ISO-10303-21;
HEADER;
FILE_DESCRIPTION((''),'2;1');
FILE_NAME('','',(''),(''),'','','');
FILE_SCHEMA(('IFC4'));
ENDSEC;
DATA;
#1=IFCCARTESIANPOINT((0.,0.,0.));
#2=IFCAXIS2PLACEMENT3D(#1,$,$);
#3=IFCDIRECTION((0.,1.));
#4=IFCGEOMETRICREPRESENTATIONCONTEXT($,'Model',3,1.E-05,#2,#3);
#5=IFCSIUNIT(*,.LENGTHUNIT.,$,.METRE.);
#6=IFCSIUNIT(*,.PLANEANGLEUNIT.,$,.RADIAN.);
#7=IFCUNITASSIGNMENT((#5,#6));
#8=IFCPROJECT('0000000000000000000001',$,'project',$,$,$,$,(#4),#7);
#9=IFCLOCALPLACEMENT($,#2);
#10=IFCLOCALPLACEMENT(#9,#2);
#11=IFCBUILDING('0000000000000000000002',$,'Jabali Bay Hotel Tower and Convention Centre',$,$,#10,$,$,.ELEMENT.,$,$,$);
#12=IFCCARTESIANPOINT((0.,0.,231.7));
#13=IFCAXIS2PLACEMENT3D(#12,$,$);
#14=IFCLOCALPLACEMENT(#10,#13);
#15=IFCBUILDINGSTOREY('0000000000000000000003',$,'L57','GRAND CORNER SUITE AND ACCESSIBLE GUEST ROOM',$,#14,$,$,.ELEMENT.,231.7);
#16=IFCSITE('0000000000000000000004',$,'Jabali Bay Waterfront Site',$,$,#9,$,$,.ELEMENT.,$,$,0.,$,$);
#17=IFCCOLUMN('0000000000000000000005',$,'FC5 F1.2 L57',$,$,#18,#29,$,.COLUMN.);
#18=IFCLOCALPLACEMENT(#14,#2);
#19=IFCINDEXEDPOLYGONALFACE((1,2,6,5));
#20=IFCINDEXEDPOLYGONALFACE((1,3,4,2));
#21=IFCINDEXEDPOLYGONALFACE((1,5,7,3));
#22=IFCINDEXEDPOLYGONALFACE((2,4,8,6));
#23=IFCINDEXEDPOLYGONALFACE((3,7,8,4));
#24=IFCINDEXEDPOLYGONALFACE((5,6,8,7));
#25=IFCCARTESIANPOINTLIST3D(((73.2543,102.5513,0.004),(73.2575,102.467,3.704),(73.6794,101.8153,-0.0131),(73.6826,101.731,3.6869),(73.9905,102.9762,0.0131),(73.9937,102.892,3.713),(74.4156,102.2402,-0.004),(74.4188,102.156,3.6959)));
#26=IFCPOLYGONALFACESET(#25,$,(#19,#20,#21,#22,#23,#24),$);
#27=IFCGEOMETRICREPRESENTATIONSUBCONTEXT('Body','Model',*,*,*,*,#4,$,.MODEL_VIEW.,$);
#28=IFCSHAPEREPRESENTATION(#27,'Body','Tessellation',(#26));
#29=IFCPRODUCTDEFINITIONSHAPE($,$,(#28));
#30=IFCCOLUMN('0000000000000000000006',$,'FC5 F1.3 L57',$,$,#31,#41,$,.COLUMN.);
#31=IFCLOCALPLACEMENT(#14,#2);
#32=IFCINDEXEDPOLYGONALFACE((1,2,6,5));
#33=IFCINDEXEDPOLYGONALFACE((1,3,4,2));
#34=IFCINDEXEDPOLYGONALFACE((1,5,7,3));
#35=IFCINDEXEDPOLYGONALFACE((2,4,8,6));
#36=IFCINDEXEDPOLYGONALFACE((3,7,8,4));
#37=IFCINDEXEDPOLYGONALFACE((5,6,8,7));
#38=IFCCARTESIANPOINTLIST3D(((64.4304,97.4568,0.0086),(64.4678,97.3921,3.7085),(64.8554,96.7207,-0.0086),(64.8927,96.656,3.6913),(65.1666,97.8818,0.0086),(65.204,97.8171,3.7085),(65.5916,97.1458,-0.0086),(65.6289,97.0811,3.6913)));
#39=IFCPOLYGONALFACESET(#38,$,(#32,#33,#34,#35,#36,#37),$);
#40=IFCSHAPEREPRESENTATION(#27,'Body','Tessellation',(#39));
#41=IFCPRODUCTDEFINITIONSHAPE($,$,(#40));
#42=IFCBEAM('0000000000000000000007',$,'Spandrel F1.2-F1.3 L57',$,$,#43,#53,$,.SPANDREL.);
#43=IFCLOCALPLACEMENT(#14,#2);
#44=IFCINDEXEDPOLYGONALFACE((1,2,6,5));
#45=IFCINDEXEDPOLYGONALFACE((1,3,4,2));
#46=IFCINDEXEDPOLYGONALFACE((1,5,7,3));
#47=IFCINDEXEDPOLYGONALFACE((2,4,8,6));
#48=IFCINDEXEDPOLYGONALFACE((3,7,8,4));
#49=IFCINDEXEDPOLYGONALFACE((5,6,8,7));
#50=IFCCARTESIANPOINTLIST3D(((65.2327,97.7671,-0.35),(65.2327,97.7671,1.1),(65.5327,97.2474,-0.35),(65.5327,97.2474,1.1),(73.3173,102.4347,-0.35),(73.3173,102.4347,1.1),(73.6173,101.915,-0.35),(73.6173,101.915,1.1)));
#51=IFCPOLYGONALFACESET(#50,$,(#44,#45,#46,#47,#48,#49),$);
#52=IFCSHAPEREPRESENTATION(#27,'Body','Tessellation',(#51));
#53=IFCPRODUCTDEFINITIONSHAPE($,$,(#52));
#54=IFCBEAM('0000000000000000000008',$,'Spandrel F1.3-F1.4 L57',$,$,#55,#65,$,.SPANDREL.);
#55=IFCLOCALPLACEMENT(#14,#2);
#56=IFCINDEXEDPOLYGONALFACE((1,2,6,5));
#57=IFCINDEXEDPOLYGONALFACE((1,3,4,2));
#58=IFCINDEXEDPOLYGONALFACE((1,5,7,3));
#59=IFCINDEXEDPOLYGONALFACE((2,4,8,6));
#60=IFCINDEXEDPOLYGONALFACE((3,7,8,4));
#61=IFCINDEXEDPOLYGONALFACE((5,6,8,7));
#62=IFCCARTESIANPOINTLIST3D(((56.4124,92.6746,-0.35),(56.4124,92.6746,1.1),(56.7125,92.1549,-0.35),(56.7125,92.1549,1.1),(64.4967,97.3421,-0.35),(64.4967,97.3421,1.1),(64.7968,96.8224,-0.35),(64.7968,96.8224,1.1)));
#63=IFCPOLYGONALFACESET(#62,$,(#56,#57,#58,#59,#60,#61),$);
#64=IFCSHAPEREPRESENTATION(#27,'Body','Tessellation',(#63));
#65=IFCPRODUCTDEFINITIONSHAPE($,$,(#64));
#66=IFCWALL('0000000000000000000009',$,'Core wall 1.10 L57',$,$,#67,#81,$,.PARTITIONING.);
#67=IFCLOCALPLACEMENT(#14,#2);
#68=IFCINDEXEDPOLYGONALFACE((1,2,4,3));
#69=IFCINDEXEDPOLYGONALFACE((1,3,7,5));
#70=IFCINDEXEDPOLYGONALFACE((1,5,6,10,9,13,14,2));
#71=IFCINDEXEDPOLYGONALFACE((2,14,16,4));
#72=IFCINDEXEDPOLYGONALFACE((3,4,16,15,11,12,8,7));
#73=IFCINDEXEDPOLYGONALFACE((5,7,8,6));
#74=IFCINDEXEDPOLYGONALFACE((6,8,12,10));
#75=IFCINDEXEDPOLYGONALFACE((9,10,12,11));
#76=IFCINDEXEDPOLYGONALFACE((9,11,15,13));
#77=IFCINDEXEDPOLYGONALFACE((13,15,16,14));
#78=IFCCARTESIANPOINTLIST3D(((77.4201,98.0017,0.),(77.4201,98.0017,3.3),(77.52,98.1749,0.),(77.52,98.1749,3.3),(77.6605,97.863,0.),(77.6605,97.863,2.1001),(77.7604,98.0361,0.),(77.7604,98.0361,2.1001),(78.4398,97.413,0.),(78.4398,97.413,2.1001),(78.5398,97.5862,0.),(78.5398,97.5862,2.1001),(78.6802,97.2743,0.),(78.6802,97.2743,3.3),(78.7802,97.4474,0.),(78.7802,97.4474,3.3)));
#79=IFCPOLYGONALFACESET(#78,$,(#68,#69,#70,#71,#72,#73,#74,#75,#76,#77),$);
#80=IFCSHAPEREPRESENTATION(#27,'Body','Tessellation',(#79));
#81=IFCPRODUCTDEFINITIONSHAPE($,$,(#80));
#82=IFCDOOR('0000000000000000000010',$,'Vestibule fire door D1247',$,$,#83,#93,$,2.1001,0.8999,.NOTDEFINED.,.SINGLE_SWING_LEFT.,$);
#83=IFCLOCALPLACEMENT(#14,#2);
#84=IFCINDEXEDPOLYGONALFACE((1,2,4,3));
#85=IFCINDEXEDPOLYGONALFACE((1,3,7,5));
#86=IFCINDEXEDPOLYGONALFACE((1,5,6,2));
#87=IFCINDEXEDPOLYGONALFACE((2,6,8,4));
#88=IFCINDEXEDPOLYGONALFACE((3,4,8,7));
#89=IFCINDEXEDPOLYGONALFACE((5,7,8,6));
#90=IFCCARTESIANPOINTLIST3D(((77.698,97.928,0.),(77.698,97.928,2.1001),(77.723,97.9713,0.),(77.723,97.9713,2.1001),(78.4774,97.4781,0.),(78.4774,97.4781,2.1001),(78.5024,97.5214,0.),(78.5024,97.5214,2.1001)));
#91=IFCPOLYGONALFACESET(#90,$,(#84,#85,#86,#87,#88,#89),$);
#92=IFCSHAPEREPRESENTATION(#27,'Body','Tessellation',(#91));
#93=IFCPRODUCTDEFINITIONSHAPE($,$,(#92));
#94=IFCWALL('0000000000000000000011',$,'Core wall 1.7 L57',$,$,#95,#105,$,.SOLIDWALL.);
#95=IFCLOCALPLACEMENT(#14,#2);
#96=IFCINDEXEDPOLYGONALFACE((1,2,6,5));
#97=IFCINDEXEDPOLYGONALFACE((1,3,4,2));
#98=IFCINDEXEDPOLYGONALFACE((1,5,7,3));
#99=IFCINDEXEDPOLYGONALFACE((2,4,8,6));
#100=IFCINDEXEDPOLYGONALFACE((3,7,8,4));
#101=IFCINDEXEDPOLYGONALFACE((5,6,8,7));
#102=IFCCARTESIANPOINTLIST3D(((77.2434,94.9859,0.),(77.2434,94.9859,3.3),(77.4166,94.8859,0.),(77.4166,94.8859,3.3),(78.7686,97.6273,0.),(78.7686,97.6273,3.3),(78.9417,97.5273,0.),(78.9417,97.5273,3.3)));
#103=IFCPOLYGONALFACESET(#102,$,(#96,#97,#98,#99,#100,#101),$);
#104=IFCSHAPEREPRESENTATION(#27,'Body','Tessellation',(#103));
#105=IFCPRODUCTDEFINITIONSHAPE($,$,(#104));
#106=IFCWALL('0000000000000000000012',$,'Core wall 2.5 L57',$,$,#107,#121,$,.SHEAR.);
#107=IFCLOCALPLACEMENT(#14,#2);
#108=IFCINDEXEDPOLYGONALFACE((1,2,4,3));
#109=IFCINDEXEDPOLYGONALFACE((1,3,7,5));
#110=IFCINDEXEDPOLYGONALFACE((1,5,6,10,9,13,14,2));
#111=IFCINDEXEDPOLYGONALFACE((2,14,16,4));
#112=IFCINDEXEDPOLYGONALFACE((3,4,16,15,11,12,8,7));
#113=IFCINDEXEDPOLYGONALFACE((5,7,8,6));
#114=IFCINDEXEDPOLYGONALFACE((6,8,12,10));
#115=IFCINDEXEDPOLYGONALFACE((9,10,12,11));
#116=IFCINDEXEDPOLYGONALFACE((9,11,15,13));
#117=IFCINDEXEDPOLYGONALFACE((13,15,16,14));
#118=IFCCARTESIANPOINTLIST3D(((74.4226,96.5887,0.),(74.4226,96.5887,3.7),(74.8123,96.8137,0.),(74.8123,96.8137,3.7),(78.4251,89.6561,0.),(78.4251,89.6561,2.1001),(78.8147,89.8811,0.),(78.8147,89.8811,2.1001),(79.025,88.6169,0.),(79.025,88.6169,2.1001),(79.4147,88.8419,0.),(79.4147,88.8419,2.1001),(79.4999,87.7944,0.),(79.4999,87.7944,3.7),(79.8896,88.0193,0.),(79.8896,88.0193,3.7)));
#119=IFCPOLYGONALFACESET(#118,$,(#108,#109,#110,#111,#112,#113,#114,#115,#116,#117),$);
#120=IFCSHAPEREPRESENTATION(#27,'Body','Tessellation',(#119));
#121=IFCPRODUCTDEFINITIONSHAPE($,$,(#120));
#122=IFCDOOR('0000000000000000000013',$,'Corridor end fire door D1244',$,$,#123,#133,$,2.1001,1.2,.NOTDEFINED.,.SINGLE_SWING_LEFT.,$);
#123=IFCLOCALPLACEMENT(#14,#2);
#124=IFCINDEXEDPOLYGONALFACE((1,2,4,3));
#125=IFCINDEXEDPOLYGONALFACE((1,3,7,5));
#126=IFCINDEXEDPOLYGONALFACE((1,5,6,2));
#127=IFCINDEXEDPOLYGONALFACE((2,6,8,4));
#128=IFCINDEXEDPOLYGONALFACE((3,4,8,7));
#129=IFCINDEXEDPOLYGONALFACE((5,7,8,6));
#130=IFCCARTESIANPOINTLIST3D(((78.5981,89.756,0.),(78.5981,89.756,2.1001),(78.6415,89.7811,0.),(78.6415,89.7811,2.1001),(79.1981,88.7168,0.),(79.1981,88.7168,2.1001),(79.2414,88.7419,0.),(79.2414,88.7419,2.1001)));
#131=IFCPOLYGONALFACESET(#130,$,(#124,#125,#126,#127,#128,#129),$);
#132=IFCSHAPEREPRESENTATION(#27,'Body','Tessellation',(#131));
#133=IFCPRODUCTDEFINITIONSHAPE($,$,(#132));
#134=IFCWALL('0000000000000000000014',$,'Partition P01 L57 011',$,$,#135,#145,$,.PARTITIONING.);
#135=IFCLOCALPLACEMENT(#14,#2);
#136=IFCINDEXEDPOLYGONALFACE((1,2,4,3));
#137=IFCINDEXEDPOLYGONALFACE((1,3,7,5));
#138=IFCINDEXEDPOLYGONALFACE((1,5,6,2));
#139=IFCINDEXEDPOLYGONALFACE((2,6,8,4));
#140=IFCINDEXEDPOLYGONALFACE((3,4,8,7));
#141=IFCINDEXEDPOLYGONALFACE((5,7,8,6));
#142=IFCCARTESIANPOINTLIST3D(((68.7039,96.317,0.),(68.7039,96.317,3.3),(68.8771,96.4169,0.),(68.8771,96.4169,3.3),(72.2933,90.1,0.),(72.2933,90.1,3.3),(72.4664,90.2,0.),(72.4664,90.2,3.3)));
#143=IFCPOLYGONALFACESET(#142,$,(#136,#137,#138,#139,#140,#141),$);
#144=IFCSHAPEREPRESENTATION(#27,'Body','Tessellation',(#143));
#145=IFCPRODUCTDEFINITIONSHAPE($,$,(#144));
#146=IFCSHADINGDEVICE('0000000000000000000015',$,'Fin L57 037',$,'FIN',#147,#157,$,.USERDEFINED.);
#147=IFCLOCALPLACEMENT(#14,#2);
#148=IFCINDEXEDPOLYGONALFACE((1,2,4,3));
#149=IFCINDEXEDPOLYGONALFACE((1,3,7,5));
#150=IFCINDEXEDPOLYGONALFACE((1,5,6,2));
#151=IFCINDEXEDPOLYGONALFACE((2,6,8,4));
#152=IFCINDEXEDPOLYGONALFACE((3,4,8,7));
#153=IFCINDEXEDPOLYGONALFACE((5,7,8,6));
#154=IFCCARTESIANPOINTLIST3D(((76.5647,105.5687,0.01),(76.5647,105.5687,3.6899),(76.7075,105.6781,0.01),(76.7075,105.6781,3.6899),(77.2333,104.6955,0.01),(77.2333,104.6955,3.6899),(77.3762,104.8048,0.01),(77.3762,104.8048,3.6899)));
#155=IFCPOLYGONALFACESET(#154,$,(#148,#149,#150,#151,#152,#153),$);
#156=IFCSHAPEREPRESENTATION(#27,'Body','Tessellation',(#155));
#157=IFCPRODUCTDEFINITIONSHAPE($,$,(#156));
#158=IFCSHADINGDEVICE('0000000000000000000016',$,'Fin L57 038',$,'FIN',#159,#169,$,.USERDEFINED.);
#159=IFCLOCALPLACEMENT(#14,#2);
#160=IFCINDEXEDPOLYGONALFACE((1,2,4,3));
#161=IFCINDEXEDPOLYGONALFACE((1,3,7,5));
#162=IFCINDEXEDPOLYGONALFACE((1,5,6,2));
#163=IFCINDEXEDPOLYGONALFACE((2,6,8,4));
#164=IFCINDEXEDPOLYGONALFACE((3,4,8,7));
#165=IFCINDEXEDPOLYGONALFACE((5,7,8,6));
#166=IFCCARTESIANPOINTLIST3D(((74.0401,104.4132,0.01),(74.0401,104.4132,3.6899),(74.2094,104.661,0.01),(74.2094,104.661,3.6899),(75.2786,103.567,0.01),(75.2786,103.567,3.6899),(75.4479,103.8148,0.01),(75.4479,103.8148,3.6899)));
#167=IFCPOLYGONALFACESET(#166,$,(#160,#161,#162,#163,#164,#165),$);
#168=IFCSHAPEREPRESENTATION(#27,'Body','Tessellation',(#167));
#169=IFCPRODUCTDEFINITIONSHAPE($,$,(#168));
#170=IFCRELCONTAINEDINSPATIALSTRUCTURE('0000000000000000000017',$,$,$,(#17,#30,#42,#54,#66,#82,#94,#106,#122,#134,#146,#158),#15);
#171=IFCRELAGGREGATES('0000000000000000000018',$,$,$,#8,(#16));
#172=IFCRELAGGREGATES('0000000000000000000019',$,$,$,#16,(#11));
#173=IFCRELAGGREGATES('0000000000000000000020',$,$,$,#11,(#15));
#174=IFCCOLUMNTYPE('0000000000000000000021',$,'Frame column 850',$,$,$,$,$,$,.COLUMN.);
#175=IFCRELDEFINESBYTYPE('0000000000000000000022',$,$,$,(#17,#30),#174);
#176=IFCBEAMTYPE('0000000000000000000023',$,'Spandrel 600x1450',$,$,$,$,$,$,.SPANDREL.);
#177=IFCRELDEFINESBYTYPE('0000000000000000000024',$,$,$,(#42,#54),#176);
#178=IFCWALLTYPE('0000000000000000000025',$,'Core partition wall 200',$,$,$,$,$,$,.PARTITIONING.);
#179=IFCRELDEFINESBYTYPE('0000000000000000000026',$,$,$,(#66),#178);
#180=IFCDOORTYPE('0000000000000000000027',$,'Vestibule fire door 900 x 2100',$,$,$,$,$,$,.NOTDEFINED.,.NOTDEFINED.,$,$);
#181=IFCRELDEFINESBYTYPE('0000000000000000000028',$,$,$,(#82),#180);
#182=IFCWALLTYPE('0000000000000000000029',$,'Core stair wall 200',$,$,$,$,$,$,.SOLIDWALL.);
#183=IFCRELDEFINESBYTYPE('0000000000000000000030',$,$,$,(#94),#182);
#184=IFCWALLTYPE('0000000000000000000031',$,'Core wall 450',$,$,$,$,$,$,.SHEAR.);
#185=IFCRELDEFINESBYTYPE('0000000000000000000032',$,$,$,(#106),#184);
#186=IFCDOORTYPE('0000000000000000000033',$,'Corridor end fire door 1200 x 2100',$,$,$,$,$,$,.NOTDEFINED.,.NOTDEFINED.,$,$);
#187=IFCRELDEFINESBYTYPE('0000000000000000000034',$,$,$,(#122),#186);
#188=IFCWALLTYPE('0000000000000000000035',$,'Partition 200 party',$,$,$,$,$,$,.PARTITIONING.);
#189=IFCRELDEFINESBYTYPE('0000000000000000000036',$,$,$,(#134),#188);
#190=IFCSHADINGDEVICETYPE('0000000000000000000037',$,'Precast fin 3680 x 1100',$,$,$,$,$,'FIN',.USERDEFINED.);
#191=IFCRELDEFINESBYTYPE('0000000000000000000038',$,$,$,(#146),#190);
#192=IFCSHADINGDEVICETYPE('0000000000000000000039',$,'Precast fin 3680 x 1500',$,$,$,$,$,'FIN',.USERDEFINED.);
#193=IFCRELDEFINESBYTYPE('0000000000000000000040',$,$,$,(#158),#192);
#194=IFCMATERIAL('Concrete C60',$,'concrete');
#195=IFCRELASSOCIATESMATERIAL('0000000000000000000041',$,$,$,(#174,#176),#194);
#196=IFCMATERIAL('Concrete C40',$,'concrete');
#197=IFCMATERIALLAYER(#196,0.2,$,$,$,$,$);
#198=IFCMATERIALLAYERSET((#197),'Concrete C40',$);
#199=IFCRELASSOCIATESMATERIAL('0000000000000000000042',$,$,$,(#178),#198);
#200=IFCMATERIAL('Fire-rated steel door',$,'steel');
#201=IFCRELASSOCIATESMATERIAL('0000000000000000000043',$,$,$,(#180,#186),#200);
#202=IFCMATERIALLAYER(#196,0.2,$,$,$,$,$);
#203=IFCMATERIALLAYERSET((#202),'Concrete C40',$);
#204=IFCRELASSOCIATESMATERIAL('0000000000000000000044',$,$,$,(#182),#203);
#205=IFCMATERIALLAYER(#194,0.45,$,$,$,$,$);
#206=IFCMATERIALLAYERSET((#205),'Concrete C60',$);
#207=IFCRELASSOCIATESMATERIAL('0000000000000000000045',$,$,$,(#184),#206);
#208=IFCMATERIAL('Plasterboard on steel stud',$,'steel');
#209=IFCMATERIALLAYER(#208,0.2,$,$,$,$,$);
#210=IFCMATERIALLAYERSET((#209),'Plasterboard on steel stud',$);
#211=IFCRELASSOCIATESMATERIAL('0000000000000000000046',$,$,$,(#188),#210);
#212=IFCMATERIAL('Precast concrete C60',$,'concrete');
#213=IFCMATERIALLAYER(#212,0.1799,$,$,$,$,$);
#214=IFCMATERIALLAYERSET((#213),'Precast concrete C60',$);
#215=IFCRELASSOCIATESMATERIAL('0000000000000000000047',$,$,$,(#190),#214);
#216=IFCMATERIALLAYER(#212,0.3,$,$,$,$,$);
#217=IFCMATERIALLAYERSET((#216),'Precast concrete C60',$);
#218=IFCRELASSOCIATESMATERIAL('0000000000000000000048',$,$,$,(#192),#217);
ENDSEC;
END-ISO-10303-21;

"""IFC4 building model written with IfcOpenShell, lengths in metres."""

from ifc_helpers import new_model, si_unit, direction, frame, frame_2d, origin, origin_2d, place, context, subcontext, project, spatial, rectangle, extrude, material, layer, layer_set, material_profile, profile_set, type_object, element, fill, save


model = new_model("IFC4")

# Units and contexts
model_context = context("Model", 3, precision=1e-05, world=origin(), true_north=direction((0.0, 1.0)))
body_context = subcontext(model_context, "Body", "Model", "MODEL_VIEW")
ifc_project = project(units=[si_unit("LENGTHUNIT", "METRE"), si_unit("PLANEANGLEUNIT", "RADIAN")], contexts=[model_context])

# Site, building, storey
site_placement = place(None, origin())
site = spatial("IfcSite", under=ifc_project, at=site_placement, Name="Jabali Bay Waterfront Site", CompositionType="ELEMENT", RefElevation=0.0)
building_placement = place(site_placement, origin())
building = spatial("IfcBuilding", under=site, at=building_placement, Name="Jabali Bay Hotel Tower and Convention Centre", CompositionType="ELEMENT")
storey_placement = place(building_placement, frame((0.0, 0.0, 231.7)))
storey = spatial("IfcBuildingStorey", under=building, at=storey_placement, Name="L57", Description="GRAND CORNER SUITE AND ACCESSIBLE GUEST ROOM", CompositionType="ELEMENT", Elevation=231.7)

# Columns
ifc_material_1 = material(Name="Concrete C60", Category="concrete")
ifc_material_profile_1 = material_profile(ifc_material_1, rectangle(XDim=0.8501, YDim=0.8501, at=origin_2d()), Name="Frame column 850")
ifc_profile_set_1 = profile_set([ifc_material_profile_1], Name="Concrete C60")
column_type = type_object("IfcColumnType", Name="Frame column 850", PredefinedType="COLUMN", material=ifc_profile_set_1)
column_1_placement = place(storey_placement, frame((73.835, 102.3958, 0.0), z_axis=(0.000858, -0.022759, 0.999741), x_axis=(0.866006, 0.499921, 0.010638)))
element("IfcColumn", 1, at=column_1_placement, inside=storey, type_object=column_type, Name="FC5 F1.2 L57", PredefinedType="COLUMN", context=body_context, shape_type="SweptSolid", body=[
    extrude(rectangle(XDim=0.8501, YDim=0.8501, at=origin_2d()), origin(), (0.0, 0.0, 1.0), 3.7009),
])
column_2_placement = place(storey_placement, frame((65.011, 97.3013, 0.0), z_axis=(0.010094, -0.017482, 0.999796), x_axis=(0.866017, 0.500015, 0.0)))
element("IfcColumn", 2, at=column_2_placement, inside=storey, type_object=column_type, Name="FC5 F1.3 L57", PredefinedType="COLUMN", context=body_context, shape_type="SweptSolid", body=[
    extrude(rectangle(XDim=0.8501, YDim=0.8501, at=origin_2d()), origin(), (0.0, 0.0, 1.0), 3.7007),
])

# Beams
ifc_material_profile_2 = material_profile(ifc_material_1, rectangle(XDim=0.6001, YDim=1.45, at=origin_2d()), Name="Spandrel 600x1450")
ifc_profile_set_2 = profile_set([ifc_material_profile_2], Name="Concrete C60")
beam_type = type_object("IfcBeamType", Name="Spandrel 600x1450", PredefinedType="SPANDREL", material=ifc_profile_set_2)
beam_1_placement = place(storey_placement, frame((73.4673, 102.1748, 0.375), z_axis=(-0.86603, -0.499993, 0.0), x_axis=(0.499993, -0.86603, 0.0)))
element("IfcBeam", 3, at=beam_1_placement, inside=storey, type_object=beam_type, Name="Spandrel F1.2-F1.3 L57", PredefinedType="SPANDREL", context=body_context, shape_type="SweptSolid", body=[
    extrude(rectangle(XDim=0.6001, YDim=1.45, at=origin_2d()), origin(), (0.0, 0.0, 1.0), 9.3352),
])
beam_2_placement = place(storey_placement, frame((64.6467, 97.0823, 0.375), z_axis=(-0.866023, -0.500004, 0.0), x_axis=(0.500004, -0.866023, 0.0)))
element("IfcBeam", 4, at=beam_2_placement, inside=storey, type_object=beam_type, Name="Spandrel F1.3-F1.4 L57", PredefinedType="SPANDREL", context=body_context, shape_type="SweptSolid", body=[
    extrude(rectangle(XDim=0.6001, YDim=1.45, at=origin_2d()), origin(), (0.0, 0.0, 1.0), 9.335),
])

# Wall, opening, door
ifc_material_2 = material(Name="Concrete C40", Category="concrete")
ifc_layer_1 = layer(ifc_material_2, 0.2)
ifc_layer_set_1 = layer_set([ifc_layer_1], Name="Concrete C40")
wall_type_1 = type_object("IfcWallType", Name="Core partition wall 200", PredefinedType="PARTITIONING", material=ifc_layer_set_1)
wall_1_placement = place(storey_placement, frame((78.7302, 97.3608, 0.0), z_axis=(0.0, 0.0, 1.0), x_axis=(-0.866046, 0.499965, 0.0)))
wall_1 = element("IfcWall", 5, at=wall_1_placement, inside=storey, type_object=wall_type_1, Name="Core wall 1.10 L57", PredefinedType="PARTITIONING", context=body_context, shape_type="SweptSolid", body=[
    extrude(rectangle(XDim=1.4551, YDim=0.2, at=frame_2d((0.7275, 0.0))), origin(), (0.0, 0.0, 1.0), 3.3),
])
opening_1_placement = place(wall_1_placement, frame((0.2776, 0.0, 0.0)))
opening_1 = element("IfcOpeningElement", 6, at=opening_1_placement, cuts=wall_1, PredefinedType="OPENING", context=body_context, shape_type="SweptSolid", body=[
    extrude(rectangle(XDim=0.8999, YDim=2.1001, at=frame_2d((0.45, 1.05))), frame((0.0, 0.1104, 0.0), z_axis=(0.0, -1.0, 0.0), x_axis=(1.0, 0.0, 0.0)), (0.0, 0.0, 1.0), 0.2209),
])
ifc_material_3 = material(Name="Fire-rated steel door", Category="steel")
door_type_1 = type_object("IfcDoorType", Name="Vestibule fire door 900 x 2100", OperationType="NOTDEFINED", PredefinedType="NOTDEFINED", material=ifc_material_3)
door_1_placement = place(opening_1_placement, origin())
door_1 = element("IfcDoor", 7, at=door_1_placement, inside=storey, type_object=door_type_1, Name="Vestibule fire door D1247", OperationType="SINGLE_SWING_LEFT", OverallHeight=2.1001, OverallWidth=0.8999, PredefinedType="NOTDEFINED", context=body_context, shape_type="SweptSolid", body=[
    extrude(rectangle(XDim=0.8999, YDim=2.1001, at=frame_2d((0.45, 1.05))), frame((0.0, 0.0249, 0.0), z_axis=(0.0, -1.0, 0.0), x_axis=(1.0, 0.0, 0.0)), (0.0, 0.0, 1.0), 0.05),
])
fill(opening_1, door_1)

# Wall
ifc_layer_2 = layer(ifc_material_2, 0.2)
ifc_layer_set_2 = layer_set([ifc_layer_2], Name="Concrete C40")
wall_type_2 = type_object("IfcWallType", Name="Core stair wall 200", PredefinedType="SOLIDWALL", material=ifc_layer_set_2)
wall_2_placement = place(storey_placement, frame((77.3301, 94.936, 0.0), z_axis=(0.0, 0.0, 1.0), x_axis=(0.500039, 0.866003, 0.0)))
element("IfcWall", 8, at=wall_2_placement, inside=storey, type_object=wall_type_2, Name="Core wall 1.7 L57", PredefinedType="SOLIDWALL", context=body_context, shape_type="SweptSolid", body=[
    extrude(rectangle(XDim=3.05, YDim=0.2, at=frame_2d((1.5249, 0.0))), origin(), (0.0, 0.0, 1.0), 3.3),
])

# Wall, opening, door
ifc_layer_3 = layer(ifc_material_1, 0.45)
ifc_layer_set_3 = layer_set([ifc_layer_3], Name="Concrete C60")
wall_type_3 = type_object("IfcWallType", Name="Core wall 450", PredefinedType="SHEAR", material=ifc_layer_set_3)
wall_3_placement = place(storey_placement, frame((74.6174, 96.7012, 0.0), z_axis=(0.0, 0.0, 1.0), x_axis=(0.499994, -0.866029, 0.0)))
wall_3 = element("IfcWall", 9, at=wall_3_placement, inside=storey, type_object=wall_type_3, Name="Core wall 2.5 L57", PredefinedType="SHEAR", context=body_context, shape_type="SweptSolid", body=[
    extrude(rectangle(XDim=10.1548, YDim=0.45, at=frame_2d((5.0774, 0.0))), origin(), (0.0, 0.0, 1.0), 3.7),
])
opening_2_placement = place(wall_3_placement, frame((8.0049, 0.0, 0.0)))
opening_2 = element("IfcOpeningElement", 10, at=opening_2_placement, cuts=wall_3, PredefinedType="OPENING", context=body_context, shape_type="SweptSolid", body=[
    extrude(rectangle(XDim=1.2, YDim=2.1001, at=frame_2d((0.6001, 1.05))), frame((0.0, 0.2354, 0.0), z_axis=(0.0, -1.0, 0.0), x_axis=(1.0, 0.0, 0.0)), (0.0, 0.0, 1.0), 0.4709),
])
door_type_2 = type_object("IfcDoorType", Name="Corridor end fire door 1200 x 2100", OperationType="NOTDEFINED", PredefinedType="NOTDEFINED", material=ifc_material_3)
door_2_placement = place(opening_2_placement, origin())
door_2 = element("IfcDoor", 11, at=door_2_placement, inside=storey, type_object=door_type_2, Name="Corridor end fire door D1244", OperationType="SINGLE_SWING_LEFT", OverallHeight=2.1001, OverallWidth=1.2, PredefinedType="NOTDEFINED", context=body_context, shape_type="SweptSolid", body=[
    extrude(rectangle(XDim=1.2, YDim=2.1001, at=frame_2d((0.6001, 1.05))), frame((0.0, 0.0249, 0.0), z_axis=(0.0, -1.0, 0.0), x_axis=(1.0, 0.0, 0.0)), (0.0, 0.0, 1.0), 0.05),
])
fill(opening_2, door_2)

# Wall
ifc_material_4 = material(Name="Plasterboard on steel stud", Category="steel")
ifc_layer_4 = layer(ifc_material_4, 0.2)
ifc_layer_set_4 = layer_set([ifc_layer_4], Name="Plasterboard on steel stud")
wall_type_4 = type_object("IfcWallType", Name="Partition 200 party", PredefinedType="PARTITIONING", material=ifc_layer_set_4)
wall_4_placement = place(storey_placement, frame((68.7905, 96.3669, 0.0), z_axis=(0.0, 0.0, 1.0), x_axis=(0.499994, -0.866029, 0.0)))
element("IfcWall", 12, at=wall_4_placement, inside=storey, type_object=wall_type_4, Name="Partition P01 L57 011", PredefinedType="PARTITIONING", context=body_context, shape_type="SweptSolid", body=[
    extrude(rectangle(XDim=7.1787, YDim=0.2, at=frame_2d((3.5894, 0.0))), origin(), (0.0, 0.0, 1.0), 3.3),
])

# Shading devices
ifc_material_5 = material(Name="Precast concrete C60", Category="concrete")
ifc_layer_5 = layer(ifc_material_5, 0.1799)
ifc_layer_set_5 = layer_set([ifc_layer_5], Name="Precast concrete C60")
shading_device_type_1 = type_object("IfcShadingDeviceType", Name="Precast fin 3680 x 1100", ElementType="FIN", PredefinedType="USERDEFINED", material=ifc_layer_set_5)
shading_device_1_placement = place(storey_placement, frame((77.3047, 104.7502, 0.01), z_axis=(0.0, 0.0, 1.0), x_axis=(-0.607961, 0.793967, 0.0)))
element("IfcShadingDevice", 13, at=shading_device_1_placement, inside=storey, type_object=shading_device_type_1, Name="Fin L57 037", ObjectType="FIN", PredefinedType="USERDEFINED", context=body_context, shape_type="SweptSolid", body=[
    extrude(rectangle(XDim=1.0999, YDim=0.1799, at=frame_2d((0.5498, 0.0))), origin(), (0.0, 0.0, 1.0), 3.6799),
])
ifc_layer_6 = layer(ifc_material_5, 0.3)
ifc_layer_set_6 = layer_set([ifc_layer_6], Name="Precast concrete C60")
shading_device_type_2 = type_object("IfcShadingDeviceType", Name="Precast fin 3680 x 1500", ElementType="FIN", PredefinedType="USERDEFINED", material=ifc_layer_set_6)
for number, where, z_axis, x_axis, name in (
    (14, (75.3633, 103.6909, 0.01), (0.0, 0.0, 1.0), (-0.825686, 0.564129, 0.0), "Fin L57 038"),
):
    element("IfcShadingDevice", number, at=place(storey_placement, frame(where, z_axis=z_axis, x_axis=x_axis)), inside=storey, type_object=shading_device_type_2, Name=name, ObjectType="FIN", PredefinedType="USERDEFINED", context=body_context, shape_type="SweptSolid", body=[
        extrude(rectangle(XDim=1.5, YDim=0.3, at=frame_2d((0.75, 0.0))), origin(), (0.0, 0.0, 1.0), 3.6799),
    ])

save(model, "model.ifc")
